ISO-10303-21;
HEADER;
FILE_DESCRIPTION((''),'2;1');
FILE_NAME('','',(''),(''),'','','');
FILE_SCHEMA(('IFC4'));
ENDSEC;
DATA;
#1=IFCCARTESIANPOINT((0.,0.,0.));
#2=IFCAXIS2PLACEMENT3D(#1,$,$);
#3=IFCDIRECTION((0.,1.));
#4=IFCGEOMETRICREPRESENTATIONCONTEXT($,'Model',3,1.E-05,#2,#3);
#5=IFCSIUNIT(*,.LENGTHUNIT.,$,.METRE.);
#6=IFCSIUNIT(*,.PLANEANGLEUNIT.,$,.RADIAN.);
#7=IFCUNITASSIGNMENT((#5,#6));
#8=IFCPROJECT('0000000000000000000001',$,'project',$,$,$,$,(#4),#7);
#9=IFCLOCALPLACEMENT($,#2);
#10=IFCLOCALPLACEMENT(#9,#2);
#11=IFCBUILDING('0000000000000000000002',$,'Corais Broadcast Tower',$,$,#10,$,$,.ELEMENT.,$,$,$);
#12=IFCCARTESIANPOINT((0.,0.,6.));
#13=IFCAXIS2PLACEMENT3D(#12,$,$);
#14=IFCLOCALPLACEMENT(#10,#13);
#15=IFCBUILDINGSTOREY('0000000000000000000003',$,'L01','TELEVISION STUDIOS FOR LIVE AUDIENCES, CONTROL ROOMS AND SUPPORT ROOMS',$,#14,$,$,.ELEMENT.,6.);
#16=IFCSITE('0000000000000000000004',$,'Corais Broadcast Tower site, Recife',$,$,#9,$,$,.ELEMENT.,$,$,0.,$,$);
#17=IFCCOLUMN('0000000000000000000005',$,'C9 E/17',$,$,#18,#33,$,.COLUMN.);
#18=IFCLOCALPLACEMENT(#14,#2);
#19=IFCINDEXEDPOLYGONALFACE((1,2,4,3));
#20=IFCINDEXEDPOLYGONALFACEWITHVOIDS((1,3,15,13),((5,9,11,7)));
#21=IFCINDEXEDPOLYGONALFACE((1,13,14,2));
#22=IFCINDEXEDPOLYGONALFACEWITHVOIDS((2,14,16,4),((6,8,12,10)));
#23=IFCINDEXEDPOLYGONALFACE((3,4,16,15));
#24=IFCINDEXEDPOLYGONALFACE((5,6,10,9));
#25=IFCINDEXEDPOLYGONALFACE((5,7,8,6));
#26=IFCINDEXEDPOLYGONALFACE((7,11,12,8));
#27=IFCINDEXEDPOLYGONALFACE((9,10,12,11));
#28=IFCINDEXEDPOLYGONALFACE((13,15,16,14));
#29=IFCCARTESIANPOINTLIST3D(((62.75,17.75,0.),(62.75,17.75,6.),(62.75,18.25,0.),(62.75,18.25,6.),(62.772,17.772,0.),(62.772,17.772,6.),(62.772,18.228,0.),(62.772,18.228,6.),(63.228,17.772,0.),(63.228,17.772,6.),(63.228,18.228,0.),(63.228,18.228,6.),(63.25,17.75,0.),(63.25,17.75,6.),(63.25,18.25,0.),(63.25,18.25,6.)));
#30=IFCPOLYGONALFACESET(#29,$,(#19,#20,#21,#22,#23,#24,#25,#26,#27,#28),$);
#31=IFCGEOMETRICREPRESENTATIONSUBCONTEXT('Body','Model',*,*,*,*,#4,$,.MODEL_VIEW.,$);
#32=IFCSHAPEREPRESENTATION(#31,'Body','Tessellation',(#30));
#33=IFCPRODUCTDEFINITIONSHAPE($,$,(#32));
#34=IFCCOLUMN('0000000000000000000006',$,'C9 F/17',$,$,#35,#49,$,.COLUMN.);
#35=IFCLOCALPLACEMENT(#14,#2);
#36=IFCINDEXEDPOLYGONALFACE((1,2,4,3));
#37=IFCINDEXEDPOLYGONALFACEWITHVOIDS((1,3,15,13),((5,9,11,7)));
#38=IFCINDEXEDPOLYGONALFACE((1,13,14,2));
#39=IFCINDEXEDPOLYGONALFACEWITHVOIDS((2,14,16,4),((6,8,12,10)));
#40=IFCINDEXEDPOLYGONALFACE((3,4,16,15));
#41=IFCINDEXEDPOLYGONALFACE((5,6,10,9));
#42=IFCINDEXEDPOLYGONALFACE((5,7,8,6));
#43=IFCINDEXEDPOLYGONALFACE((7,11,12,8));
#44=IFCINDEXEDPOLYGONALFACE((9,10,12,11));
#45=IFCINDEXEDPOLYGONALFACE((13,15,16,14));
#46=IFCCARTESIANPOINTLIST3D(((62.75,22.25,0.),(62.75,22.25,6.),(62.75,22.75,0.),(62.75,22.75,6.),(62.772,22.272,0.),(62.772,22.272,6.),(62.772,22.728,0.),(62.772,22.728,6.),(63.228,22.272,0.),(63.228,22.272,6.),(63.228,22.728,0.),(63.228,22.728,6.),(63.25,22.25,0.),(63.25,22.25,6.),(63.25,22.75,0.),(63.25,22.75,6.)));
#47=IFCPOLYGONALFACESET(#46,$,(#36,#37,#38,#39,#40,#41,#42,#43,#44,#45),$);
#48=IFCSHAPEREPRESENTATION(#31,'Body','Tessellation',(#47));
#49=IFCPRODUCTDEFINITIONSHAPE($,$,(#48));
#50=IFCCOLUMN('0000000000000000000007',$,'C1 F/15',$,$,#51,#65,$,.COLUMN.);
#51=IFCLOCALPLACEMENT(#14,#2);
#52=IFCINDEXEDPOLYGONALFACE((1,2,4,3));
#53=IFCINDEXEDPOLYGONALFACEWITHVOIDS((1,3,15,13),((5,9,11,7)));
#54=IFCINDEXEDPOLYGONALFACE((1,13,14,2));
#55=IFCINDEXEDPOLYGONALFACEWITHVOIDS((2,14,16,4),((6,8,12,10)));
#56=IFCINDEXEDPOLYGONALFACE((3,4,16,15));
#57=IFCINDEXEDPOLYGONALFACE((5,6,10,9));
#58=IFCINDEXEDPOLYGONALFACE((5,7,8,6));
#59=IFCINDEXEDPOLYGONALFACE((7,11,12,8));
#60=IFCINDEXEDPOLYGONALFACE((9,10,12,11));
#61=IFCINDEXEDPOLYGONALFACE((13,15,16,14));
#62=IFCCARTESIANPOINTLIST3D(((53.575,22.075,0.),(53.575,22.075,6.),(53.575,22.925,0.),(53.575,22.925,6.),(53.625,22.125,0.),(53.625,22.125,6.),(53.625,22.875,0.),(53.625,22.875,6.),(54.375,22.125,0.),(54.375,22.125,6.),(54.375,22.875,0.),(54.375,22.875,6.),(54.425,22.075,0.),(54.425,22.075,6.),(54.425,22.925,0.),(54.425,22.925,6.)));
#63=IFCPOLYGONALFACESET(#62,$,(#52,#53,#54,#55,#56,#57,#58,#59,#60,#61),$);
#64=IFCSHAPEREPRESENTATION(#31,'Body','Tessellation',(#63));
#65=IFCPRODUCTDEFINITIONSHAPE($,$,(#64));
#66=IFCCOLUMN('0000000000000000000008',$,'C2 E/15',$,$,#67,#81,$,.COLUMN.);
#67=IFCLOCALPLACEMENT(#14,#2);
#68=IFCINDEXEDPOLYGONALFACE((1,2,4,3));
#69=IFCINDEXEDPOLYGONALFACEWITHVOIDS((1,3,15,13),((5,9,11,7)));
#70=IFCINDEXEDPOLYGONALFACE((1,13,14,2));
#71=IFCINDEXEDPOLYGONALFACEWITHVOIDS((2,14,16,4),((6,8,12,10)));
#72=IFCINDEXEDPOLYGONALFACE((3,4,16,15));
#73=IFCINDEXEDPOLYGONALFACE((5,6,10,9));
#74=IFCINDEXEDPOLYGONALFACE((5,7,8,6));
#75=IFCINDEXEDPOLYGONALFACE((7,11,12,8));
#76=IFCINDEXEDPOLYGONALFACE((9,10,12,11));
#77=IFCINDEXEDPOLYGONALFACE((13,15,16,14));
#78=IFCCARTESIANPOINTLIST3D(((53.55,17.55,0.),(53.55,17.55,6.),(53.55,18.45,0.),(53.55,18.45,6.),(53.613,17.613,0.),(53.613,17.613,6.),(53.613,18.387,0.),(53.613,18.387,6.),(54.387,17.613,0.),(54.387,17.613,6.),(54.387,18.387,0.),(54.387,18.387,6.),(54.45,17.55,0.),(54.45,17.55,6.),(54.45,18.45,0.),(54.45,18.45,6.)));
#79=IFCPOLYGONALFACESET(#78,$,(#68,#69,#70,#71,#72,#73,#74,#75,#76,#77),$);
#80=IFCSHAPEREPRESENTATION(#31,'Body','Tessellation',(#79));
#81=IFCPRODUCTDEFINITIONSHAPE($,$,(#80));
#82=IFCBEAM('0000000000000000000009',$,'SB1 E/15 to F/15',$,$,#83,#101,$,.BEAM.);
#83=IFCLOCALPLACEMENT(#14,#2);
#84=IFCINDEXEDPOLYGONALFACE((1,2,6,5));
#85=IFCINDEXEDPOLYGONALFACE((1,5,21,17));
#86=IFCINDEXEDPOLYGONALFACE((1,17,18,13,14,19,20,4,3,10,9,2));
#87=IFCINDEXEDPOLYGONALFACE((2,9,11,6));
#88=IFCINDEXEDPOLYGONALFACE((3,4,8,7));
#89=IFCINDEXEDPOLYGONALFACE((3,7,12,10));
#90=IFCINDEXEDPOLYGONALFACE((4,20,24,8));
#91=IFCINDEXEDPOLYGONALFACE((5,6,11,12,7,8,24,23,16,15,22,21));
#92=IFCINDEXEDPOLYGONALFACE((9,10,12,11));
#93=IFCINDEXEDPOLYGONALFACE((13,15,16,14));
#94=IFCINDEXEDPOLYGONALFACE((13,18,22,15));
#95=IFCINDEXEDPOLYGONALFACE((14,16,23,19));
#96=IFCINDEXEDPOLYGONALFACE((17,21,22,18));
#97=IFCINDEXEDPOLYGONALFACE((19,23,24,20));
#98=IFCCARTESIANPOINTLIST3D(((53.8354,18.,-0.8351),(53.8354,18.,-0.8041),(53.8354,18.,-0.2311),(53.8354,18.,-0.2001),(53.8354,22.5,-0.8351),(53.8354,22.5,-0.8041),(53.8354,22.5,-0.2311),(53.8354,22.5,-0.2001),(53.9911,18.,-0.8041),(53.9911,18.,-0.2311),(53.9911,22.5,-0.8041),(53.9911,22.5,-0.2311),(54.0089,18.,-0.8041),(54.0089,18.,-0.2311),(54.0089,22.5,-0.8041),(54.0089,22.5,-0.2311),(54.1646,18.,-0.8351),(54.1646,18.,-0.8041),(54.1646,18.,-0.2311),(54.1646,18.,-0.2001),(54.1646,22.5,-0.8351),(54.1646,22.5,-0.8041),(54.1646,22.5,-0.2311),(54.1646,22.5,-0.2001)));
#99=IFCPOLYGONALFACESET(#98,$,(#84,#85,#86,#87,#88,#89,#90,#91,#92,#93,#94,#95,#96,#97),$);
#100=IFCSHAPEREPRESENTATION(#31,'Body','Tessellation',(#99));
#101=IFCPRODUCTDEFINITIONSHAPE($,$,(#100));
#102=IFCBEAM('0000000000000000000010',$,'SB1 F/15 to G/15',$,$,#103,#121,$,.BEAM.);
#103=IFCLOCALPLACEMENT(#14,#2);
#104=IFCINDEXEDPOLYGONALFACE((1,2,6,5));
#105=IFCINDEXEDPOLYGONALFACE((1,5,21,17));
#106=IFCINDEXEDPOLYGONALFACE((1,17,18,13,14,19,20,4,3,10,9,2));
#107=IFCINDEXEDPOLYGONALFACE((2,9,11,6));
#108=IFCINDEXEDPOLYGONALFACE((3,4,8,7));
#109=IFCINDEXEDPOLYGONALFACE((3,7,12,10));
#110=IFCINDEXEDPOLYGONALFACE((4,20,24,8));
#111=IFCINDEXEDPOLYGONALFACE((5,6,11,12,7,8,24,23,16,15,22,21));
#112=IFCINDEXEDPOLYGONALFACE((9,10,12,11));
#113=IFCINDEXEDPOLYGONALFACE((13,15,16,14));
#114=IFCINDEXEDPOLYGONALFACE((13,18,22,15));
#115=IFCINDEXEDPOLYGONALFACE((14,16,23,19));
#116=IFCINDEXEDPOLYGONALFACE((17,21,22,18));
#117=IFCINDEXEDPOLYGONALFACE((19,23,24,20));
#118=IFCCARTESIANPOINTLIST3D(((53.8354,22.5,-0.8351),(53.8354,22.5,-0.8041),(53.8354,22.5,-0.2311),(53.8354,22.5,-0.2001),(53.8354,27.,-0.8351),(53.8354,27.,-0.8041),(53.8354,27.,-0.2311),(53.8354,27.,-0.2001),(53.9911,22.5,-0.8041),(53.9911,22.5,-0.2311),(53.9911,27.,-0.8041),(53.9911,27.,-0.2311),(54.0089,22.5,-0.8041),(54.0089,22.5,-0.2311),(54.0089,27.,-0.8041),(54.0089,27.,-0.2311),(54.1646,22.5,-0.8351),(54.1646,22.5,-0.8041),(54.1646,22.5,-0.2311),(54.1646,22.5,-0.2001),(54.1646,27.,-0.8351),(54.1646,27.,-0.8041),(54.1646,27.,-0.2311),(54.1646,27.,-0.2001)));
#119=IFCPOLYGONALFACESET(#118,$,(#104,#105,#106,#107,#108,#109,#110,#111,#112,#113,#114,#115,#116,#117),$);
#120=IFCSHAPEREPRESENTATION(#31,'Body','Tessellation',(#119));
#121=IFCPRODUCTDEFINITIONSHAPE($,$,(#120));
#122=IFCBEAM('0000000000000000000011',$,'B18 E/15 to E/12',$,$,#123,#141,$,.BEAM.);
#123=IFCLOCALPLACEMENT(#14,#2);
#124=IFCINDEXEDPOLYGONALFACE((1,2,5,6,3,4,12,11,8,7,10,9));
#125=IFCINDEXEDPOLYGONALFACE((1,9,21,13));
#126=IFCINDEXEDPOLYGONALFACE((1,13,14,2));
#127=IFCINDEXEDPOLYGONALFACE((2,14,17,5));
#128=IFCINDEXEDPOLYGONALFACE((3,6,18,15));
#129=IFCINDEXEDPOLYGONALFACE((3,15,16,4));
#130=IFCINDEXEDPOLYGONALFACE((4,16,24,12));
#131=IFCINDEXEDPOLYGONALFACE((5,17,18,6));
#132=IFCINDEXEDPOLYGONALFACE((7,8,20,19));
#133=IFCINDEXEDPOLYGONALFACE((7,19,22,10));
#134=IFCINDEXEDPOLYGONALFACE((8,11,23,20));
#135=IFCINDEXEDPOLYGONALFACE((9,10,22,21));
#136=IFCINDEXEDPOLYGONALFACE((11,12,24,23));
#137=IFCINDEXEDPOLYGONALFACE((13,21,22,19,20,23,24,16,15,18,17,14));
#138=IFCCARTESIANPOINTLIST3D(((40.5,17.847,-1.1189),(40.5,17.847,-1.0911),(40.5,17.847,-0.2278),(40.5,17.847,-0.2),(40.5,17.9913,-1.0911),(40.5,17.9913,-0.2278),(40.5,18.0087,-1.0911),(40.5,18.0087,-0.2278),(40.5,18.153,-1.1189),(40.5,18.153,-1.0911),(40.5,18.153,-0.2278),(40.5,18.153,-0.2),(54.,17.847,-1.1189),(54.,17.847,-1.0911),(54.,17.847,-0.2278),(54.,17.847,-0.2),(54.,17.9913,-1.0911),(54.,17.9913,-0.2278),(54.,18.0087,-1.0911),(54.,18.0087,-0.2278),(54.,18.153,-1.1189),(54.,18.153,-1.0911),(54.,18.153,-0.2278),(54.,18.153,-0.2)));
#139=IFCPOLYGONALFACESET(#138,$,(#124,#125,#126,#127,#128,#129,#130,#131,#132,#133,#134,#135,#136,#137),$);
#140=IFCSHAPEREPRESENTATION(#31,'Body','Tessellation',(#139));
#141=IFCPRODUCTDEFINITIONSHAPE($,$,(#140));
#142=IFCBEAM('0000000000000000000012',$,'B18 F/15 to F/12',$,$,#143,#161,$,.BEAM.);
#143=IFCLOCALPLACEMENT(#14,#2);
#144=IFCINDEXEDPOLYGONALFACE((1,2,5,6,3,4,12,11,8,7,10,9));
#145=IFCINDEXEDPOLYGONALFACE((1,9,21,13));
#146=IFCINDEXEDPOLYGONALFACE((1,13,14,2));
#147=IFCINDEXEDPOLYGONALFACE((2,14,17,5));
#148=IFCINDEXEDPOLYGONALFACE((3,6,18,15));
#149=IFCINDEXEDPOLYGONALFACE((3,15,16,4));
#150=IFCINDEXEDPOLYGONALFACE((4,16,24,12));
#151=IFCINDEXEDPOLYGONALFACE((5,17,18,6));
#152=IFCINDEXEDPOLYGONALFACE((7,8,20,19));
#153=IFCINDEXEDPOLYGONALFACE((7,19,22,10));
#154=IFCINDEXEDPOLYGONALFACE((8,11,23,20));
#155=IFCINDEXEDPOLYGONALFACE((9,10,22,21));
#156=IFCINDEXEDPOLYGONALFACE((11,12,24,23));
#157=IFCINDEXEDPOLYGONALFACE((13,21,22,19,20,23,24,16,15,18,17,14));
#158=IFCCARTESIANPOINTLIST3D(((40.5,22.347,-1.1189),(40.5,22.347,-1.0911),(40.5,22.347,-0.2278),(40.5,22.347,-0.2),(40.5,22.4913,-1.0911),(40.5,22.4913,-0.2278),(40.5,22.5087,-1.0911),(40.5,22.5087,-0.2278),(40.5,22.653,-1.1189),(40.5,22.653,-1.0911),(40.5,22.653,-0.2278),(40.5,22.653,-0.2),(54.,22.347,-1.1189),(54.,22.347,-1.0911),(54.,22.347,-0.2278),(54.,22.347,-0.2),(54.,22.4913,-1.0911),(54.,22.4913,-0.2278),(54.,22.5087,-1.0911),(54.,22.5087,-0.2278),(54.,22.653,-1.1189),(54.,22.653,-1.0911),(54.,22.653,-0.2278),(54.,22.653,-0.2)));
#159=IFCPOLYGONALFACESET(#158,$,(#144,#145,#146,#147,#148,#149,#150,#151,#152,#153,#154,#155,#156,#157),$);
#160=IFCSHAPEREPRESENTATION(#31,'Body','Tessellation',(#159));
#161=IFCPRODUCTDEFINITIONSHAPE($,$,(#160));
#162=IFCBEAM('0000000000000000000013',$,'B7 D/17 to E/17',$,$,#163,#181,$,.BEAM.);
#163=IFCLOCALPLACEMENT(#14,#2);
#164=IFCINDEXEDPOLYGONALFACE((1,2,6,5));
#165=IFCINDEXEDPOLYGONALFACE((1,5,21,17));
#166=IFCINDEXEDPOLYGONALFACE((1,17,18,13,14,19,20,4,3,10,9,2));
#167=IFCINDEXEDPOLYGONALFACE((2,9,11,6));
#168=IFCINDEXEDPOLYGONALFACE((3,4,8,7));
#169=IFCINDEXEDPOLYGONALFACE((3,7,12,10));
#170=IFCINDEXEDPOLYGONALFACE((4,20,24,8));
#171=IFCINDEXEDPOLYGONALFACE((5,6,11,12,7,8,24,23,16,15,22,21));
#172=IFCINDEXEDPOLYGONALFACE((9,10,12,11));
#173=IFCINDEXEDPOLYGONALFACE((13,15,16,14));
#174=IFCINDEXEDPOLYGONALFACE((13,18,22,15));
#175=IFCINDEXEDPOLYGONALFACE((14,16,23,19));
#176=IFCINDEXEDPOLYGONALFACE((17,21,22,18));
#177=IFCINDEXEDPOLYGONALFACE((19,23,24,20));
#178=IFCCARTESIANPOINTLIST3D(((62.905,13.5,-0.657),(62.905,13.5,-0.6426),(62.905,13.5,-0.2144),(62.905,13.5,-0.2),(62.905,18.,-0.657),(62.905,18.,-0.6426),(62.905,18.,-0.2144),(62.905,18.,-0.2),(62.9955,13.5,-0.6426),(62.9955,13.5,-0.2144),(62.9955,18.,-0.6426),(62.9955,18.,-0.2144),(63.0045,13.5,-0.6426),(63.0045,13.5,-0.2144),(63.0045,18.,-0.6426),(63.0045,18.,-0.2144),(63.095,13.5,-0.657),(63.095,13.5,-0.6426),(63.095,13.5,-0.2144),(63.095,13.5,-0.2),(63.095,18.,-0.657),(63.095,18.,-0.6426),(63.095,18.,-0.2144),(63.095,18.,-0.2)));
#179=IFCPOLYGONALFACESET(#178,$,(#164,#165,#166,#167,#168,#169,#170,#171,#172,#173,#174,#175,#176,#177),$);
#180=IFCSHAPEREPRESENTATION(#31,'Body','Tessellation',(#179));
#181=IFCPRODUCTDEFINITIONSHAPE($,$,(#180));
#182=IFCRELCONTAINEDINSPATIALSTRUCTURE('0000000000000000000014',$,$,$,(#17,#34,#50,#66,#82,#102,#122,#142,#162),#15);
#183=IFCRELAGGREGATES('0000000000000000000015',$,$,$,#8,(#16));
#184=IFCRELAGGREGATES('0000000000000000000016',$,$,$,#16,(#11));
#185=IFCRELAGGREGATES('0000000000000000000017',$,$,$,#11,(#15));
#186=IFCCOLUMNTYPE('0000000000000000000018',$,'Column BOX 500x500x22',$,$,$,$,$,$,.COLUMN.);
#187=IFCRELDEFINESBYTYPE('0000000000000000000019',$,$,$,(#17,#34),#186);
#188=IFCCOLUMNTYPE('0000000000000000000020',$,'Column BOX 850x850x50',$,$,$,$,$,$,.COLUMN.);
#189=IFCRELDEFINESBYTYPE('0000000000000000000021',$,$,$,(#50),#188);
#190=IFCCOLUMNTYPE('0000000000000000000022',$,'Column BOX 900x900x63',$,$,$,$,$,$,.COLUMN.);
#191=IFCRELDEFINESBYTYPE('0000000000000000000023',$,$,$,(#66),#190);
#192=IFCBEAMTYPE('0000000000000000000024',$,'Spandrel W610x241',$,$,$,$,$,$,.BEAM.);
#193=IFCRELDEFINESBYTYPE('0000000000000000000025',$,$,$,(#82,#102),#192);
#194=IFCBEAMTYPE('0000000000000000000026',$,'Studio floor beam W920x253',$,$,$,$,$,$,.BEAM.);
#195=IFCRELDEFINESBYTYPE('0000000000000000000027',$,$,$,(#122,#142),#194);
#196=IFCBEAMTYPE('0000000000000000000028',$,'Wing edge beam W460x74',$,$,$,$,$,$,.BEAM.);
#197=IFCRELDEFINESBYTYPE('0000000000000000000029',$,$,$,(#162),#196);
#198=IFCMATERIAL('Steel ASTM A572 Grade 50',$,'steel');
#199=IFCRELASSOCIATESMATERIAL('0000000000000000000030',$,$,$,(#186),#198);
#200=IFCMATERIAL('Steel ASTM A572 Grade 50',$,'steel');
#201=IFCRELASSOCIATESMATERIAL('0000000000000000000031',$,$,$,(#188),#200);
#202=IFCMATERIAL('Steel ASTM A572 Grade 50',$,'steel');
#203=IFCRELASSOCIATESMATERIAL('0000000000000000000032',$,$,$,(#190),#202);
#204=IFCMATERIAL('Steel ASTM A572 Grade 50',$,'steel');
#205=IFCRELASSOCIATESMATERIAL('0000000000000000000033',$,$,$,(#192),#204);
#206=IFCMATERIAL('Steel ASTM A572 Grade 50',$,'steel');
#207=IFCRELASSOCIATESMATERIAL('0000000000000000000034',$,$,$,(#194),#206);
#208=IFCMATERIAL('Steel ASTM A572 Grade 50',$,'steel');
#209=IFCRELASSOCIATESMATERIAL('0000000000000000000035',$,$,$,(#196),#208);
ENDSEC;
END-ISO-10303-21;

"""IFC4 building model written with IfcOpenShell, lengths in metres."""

from ifc_helpers import new_model, si_unit, direction, frame, origin, origin_2d, place, context, subcontext, project, spatial, hollow_rectangle, i_section, extrude, material, material_profile, profile_set, type_object, element, save


model = new_model("IFC4")

# Units and contexts
model_context = context("Model", 3, precision=1e-05, world=origin(), true_north=direction((0.0, 1.0)))
body_context = subcontext(model_context, "Body", "Model", "MODEL_VIEW")
ifc_project = project(units=[si_unit("LENGTHUNIT", "METRE"), si_unit("PLANEANGLEUNIT", "RADIAN")], contexts=[model_context])

# Site, building, storey
site_placement = place(None, origin())
site = spatial("IfcSite", under=ifc_project, at=site_placement, Name="Corais Broadcast Tower site, Recife", CompositionType="ELEMENT", RefElevation=0.0)
building_placement = place(site_placement, origin())
building = spatial("IfcBuilding", under=site, at=building_placement, Name="Corais Broadcast Tower", CompositionType="ELEMENT")
storey_placement = place(building_placement, frame((0.0, 0.0, 6.0)))
storey = spatial("IfcBuildingStorey", under=building, at=storey_placement, Name="L01", Description="TELEVISION STUDIOS FOR LIVE AUDIENCES, CONTROL ROOMS AND SUPPORT ROOMS", CompositionType="ELEMENT", Elevation=6.0)

# Columns
ifc_material_1 = material(Name="Steel ASTM A572 Grade 50", Category="steel")
ifc_material_profile_1 = material_profile(ifc_material_1, hollow_rectangle(XDim=0.5, YDim=0.5, WallThickness=0.022, at=origin_2d()), Name="BOX 500x500x22")
ifc_profile_set_1 = profile_set([ifc_material_profile_1], Name="Steel ASTM A572 Grade 50")
column_type_1 = type_object("IfcColumnType", Name="Column BOX 500x500x22", PredefinedType="COLUMN", material=ifc_profile_set_1)
for number, where, z_axis, x_axis, name in (
    (1, (63.0, 18.0, 0.0), (0.0, 0.0, 1.0), (1.0, 0.0, 0.0), "C9 E/17"),
    (2, (63.0, 22.5, 0.0), (0.0, 0.0, 1.0), (1.0, 0.0, 0.0), "C9 F/17"),
):
    element("IfcColumn", number, at=place(storey_placement, frame(where, z_axis=z_axis, x_axis=x_axis)), inside=storey, type_object=column_type_1, Name=name, PredefinedType="COLUMN", context=body_context, shape_type="SweptSolid", body=[
        extrude(hollow_rectangle(XDim=0.5, YDim=0.5, WallThickness=0.022, at=origin_2d()), origin(), (0.0, 0.0, 1.0), 6.0),
    ])
ifc_material_2 = material(Name="Steel ASTM A572 Grade 50", Category="steel")
ifc_material_profile_2 = material_profile(ifc_material_2, hollow_rectangle(XDim=0.8501, YDim=0.8501, WallThickness=0.05, at=origin_2d()), Name="BOX 850x850x50")
ifc_profile_set_2 = profile_set([ifc_material_profile_2], Name="Steel ASTM A572 Grade 50")
column_type_2 = type_object("IfcColumnType", Name="Column BOX 850x850x50", PredefinedType="COLUMN", material=ifc_profile_set_2)
column_1_placement = place(storey_placement, frame((54.0, 22.5, 0.0), z_axis=(0.0, 0.0, 1.0), x_axis=(1.0, 0.0, 0.0)))
element("IfcColumn", 3, at=column_1_placement, inside=storey, type_object=column_type_2, Name="C1 F/15", PredefinedType="COLUMN", context=body_context, shape_type="SweptSolid", body=[
    extrude(hollow_rectangle(XDim=0.8501, YDim=0.8501, WallThickness=0.05, at=origin_2d()), origin(), (0.0, 0.0, 1.0), 6.0),
])
ifc_material_3 = material(Name="Steel ASTM A572 Grade 50", Category="steel")
ifc_material_profile_3 = material_profile(ifc_material_3, hollow_rectangle(XDim=0.8999, YDim=0.8999, WallThickness=0.063, at=origin_2d()), Name="BOX 900x900x63")
ifc_profile_set_3 = profile_set([ifc_material_profile_3], Name="Steel ASTM A572 Grade 50")
column_type_3 = type_object("IfcColumnType", Name="Column BOX 900x900x63", PredefinedType="COLUMN", material=ifc_profile_set_3)
column_2_placement = place(storey_placement, frame((54.0, 18.0, 0.0), z_axis=(0.0, 0.0, 1.0), x_axis=(1.0, 0.0, 0.0)))
element("IfcColumn", 4, at=column_2_placement, inside=storey, type_object=column_type_3, Name="C2 E/15", PredefinedType="COLUMN", context=body_context, shape_type="SweptSolid", body=[
    extrude(hollow_rectangle(XDim=0.8999, YDim=0.8999, WallThickness=0.063, at=origin_2d()), origin(), (0.0, 0.0, 1.0), 6.0),
])

# Beams
ifc_material_4 = material(Name="Steel ASTM A572 Grade 50", Category="steel")
ifc_material_profile_4 = material_profile(ifc_material_4, i_section(OverallWidth=0.3291, OverallDepth=0.635, WebThickness=0.0178, FlangeThickness=0.031, at=origin_2d()), Name="W610x241")
ifc_profile_set_4 = profile_set([ifc_material_profile_4], Name="Steel ASTM A572 Grade 50")
beam_type_1 = type_object("IfcBeamType", Name="Spandrel W610x241", PredefinedType="BEAM", material=ifc_profile_set_4)
for number, where, z_axis, x_axis, name in (
    (5, (54.0, 18.0, -0.5176), (0.0, 1.0, 0.0), (-1.0, 0.0, 0.0), "SB1 E/15 to F/15"),
    (6, (54.0, 22.5, -0.5176), (0.0, 1.0, 0.0), (-1.0, 0.0, 0.0), "SB1 F/15 to G/15"),
):
    element("IfcBeam", number, at=place(storey_placement, frame(where, z_axis=z_axis, x_axis=x_axis)), inside=storey, type_object=beam_type_1, Name=name, PredefinedType="BEAM", context=body_context, shape_type="SweptSolid", body=[
        extrude(i_section(OverallWidth=0.3291, OverallDepth=0.635, WebThickness=0.0178, FlangeThickness=0.031, at=origin_2d()), origin(), (0.0, 0.0, 1.0), 4.5),
    ])
ifc_material_5 = material(Name="Steel ASTM A572 Grade 50", Category="steel")
ifc_material_profile_5 = material_profile(ifc_material_5, i_section(OverallWidth=0.3059, OverallDepth=0.9189, WebThickness=0.0173, FlangeThickness=0.0278, at=origin_2d()), Name="W920x253")
ifc_profile_set_5 = profile_set([ifc_material_profile_5], Name="Steel ASTM A572 Grade 50")
beam_type_2 = type_object("IfcBeamType", Name="Studio floor beam W920x253", PredefinedType="BEAM", material=ifc_profile_set_5)
for number, where, z_axis, x_axis, name in (
    (7, (54.0, 18.0, -0.6594), (-1.0, 0.0, 0.0), (0.0, -1.0, 0.0), "B18 E/15 to E/12"),
    (8, (54.0, 22.5, -0.6594), (-1.0, 0.0, 0.0), (0.0, -1.0, 0.0), "B18 F/15 to F/12"),
):
    element("IfcBeam", number, at=place(storey_placement, frame(where, z_axis=z_axis, x_axis=x_axis)), inside=storey, type_object=beam_type_2, Name=name, PredefinedType="BEAM", context=body_context, shape_type="SweptSolid", body=[
        extrude(i_section(OverallWidth=0.3059, OverallDepth=0.9189, WebThickness=0.0173, FlangeThickness=0.0278, at=origin_2d()), origin(), (0.0, 0.0, 1.0), 13.5),
    ])
ifc_material_6 = material(Name="Steel ASTM A572 Grade 50", Category="steel")
ifc_material_profile_6 = material_profile(ifc_material_6, i_section(OverallWidth=0.1899, OverallDepth=0.457, WebThickness=0.009, FlangeThickness=0.0144, at=origin_2d()), Name="W460x74")
ifc_profile_set_6 = profile_set([ifc_material_profile_6], Name="Steel ASTM A572 Grade 50")
beam_type_3 = type_object("IfcBeamType", Name="Wing edge beam W460x74", PredefinedType="BEAM", material=ifc_profile_set_6)
for number, where, z_axis, x_axis, name in (
    (9, (63.0, 13.5, -0.4285), (0.0, 1.0, 0.0), (-1.0, 0.0, 0.0), "B7 D/17 to E/17"),
):
    element("IfcBeam", number, at=place(storey_placement, frame(where, z_axis=z_axis, x_axis=x_axis)), inside=storey, type_object=beam_type_3, Name=name, PredefinedType="BEAM", context=body_context, shape_type="SweptSolid", body=[
        extrude(i_section(OverallWidth=0.1899, OverallDepth=0.457, WebThickness=0.009, FlangeThickness=0.0144, at=origin_2d()), origin(), (0.0, 0.0, 1.0), 4.5),
    ])

save(model, "model.ifc")
